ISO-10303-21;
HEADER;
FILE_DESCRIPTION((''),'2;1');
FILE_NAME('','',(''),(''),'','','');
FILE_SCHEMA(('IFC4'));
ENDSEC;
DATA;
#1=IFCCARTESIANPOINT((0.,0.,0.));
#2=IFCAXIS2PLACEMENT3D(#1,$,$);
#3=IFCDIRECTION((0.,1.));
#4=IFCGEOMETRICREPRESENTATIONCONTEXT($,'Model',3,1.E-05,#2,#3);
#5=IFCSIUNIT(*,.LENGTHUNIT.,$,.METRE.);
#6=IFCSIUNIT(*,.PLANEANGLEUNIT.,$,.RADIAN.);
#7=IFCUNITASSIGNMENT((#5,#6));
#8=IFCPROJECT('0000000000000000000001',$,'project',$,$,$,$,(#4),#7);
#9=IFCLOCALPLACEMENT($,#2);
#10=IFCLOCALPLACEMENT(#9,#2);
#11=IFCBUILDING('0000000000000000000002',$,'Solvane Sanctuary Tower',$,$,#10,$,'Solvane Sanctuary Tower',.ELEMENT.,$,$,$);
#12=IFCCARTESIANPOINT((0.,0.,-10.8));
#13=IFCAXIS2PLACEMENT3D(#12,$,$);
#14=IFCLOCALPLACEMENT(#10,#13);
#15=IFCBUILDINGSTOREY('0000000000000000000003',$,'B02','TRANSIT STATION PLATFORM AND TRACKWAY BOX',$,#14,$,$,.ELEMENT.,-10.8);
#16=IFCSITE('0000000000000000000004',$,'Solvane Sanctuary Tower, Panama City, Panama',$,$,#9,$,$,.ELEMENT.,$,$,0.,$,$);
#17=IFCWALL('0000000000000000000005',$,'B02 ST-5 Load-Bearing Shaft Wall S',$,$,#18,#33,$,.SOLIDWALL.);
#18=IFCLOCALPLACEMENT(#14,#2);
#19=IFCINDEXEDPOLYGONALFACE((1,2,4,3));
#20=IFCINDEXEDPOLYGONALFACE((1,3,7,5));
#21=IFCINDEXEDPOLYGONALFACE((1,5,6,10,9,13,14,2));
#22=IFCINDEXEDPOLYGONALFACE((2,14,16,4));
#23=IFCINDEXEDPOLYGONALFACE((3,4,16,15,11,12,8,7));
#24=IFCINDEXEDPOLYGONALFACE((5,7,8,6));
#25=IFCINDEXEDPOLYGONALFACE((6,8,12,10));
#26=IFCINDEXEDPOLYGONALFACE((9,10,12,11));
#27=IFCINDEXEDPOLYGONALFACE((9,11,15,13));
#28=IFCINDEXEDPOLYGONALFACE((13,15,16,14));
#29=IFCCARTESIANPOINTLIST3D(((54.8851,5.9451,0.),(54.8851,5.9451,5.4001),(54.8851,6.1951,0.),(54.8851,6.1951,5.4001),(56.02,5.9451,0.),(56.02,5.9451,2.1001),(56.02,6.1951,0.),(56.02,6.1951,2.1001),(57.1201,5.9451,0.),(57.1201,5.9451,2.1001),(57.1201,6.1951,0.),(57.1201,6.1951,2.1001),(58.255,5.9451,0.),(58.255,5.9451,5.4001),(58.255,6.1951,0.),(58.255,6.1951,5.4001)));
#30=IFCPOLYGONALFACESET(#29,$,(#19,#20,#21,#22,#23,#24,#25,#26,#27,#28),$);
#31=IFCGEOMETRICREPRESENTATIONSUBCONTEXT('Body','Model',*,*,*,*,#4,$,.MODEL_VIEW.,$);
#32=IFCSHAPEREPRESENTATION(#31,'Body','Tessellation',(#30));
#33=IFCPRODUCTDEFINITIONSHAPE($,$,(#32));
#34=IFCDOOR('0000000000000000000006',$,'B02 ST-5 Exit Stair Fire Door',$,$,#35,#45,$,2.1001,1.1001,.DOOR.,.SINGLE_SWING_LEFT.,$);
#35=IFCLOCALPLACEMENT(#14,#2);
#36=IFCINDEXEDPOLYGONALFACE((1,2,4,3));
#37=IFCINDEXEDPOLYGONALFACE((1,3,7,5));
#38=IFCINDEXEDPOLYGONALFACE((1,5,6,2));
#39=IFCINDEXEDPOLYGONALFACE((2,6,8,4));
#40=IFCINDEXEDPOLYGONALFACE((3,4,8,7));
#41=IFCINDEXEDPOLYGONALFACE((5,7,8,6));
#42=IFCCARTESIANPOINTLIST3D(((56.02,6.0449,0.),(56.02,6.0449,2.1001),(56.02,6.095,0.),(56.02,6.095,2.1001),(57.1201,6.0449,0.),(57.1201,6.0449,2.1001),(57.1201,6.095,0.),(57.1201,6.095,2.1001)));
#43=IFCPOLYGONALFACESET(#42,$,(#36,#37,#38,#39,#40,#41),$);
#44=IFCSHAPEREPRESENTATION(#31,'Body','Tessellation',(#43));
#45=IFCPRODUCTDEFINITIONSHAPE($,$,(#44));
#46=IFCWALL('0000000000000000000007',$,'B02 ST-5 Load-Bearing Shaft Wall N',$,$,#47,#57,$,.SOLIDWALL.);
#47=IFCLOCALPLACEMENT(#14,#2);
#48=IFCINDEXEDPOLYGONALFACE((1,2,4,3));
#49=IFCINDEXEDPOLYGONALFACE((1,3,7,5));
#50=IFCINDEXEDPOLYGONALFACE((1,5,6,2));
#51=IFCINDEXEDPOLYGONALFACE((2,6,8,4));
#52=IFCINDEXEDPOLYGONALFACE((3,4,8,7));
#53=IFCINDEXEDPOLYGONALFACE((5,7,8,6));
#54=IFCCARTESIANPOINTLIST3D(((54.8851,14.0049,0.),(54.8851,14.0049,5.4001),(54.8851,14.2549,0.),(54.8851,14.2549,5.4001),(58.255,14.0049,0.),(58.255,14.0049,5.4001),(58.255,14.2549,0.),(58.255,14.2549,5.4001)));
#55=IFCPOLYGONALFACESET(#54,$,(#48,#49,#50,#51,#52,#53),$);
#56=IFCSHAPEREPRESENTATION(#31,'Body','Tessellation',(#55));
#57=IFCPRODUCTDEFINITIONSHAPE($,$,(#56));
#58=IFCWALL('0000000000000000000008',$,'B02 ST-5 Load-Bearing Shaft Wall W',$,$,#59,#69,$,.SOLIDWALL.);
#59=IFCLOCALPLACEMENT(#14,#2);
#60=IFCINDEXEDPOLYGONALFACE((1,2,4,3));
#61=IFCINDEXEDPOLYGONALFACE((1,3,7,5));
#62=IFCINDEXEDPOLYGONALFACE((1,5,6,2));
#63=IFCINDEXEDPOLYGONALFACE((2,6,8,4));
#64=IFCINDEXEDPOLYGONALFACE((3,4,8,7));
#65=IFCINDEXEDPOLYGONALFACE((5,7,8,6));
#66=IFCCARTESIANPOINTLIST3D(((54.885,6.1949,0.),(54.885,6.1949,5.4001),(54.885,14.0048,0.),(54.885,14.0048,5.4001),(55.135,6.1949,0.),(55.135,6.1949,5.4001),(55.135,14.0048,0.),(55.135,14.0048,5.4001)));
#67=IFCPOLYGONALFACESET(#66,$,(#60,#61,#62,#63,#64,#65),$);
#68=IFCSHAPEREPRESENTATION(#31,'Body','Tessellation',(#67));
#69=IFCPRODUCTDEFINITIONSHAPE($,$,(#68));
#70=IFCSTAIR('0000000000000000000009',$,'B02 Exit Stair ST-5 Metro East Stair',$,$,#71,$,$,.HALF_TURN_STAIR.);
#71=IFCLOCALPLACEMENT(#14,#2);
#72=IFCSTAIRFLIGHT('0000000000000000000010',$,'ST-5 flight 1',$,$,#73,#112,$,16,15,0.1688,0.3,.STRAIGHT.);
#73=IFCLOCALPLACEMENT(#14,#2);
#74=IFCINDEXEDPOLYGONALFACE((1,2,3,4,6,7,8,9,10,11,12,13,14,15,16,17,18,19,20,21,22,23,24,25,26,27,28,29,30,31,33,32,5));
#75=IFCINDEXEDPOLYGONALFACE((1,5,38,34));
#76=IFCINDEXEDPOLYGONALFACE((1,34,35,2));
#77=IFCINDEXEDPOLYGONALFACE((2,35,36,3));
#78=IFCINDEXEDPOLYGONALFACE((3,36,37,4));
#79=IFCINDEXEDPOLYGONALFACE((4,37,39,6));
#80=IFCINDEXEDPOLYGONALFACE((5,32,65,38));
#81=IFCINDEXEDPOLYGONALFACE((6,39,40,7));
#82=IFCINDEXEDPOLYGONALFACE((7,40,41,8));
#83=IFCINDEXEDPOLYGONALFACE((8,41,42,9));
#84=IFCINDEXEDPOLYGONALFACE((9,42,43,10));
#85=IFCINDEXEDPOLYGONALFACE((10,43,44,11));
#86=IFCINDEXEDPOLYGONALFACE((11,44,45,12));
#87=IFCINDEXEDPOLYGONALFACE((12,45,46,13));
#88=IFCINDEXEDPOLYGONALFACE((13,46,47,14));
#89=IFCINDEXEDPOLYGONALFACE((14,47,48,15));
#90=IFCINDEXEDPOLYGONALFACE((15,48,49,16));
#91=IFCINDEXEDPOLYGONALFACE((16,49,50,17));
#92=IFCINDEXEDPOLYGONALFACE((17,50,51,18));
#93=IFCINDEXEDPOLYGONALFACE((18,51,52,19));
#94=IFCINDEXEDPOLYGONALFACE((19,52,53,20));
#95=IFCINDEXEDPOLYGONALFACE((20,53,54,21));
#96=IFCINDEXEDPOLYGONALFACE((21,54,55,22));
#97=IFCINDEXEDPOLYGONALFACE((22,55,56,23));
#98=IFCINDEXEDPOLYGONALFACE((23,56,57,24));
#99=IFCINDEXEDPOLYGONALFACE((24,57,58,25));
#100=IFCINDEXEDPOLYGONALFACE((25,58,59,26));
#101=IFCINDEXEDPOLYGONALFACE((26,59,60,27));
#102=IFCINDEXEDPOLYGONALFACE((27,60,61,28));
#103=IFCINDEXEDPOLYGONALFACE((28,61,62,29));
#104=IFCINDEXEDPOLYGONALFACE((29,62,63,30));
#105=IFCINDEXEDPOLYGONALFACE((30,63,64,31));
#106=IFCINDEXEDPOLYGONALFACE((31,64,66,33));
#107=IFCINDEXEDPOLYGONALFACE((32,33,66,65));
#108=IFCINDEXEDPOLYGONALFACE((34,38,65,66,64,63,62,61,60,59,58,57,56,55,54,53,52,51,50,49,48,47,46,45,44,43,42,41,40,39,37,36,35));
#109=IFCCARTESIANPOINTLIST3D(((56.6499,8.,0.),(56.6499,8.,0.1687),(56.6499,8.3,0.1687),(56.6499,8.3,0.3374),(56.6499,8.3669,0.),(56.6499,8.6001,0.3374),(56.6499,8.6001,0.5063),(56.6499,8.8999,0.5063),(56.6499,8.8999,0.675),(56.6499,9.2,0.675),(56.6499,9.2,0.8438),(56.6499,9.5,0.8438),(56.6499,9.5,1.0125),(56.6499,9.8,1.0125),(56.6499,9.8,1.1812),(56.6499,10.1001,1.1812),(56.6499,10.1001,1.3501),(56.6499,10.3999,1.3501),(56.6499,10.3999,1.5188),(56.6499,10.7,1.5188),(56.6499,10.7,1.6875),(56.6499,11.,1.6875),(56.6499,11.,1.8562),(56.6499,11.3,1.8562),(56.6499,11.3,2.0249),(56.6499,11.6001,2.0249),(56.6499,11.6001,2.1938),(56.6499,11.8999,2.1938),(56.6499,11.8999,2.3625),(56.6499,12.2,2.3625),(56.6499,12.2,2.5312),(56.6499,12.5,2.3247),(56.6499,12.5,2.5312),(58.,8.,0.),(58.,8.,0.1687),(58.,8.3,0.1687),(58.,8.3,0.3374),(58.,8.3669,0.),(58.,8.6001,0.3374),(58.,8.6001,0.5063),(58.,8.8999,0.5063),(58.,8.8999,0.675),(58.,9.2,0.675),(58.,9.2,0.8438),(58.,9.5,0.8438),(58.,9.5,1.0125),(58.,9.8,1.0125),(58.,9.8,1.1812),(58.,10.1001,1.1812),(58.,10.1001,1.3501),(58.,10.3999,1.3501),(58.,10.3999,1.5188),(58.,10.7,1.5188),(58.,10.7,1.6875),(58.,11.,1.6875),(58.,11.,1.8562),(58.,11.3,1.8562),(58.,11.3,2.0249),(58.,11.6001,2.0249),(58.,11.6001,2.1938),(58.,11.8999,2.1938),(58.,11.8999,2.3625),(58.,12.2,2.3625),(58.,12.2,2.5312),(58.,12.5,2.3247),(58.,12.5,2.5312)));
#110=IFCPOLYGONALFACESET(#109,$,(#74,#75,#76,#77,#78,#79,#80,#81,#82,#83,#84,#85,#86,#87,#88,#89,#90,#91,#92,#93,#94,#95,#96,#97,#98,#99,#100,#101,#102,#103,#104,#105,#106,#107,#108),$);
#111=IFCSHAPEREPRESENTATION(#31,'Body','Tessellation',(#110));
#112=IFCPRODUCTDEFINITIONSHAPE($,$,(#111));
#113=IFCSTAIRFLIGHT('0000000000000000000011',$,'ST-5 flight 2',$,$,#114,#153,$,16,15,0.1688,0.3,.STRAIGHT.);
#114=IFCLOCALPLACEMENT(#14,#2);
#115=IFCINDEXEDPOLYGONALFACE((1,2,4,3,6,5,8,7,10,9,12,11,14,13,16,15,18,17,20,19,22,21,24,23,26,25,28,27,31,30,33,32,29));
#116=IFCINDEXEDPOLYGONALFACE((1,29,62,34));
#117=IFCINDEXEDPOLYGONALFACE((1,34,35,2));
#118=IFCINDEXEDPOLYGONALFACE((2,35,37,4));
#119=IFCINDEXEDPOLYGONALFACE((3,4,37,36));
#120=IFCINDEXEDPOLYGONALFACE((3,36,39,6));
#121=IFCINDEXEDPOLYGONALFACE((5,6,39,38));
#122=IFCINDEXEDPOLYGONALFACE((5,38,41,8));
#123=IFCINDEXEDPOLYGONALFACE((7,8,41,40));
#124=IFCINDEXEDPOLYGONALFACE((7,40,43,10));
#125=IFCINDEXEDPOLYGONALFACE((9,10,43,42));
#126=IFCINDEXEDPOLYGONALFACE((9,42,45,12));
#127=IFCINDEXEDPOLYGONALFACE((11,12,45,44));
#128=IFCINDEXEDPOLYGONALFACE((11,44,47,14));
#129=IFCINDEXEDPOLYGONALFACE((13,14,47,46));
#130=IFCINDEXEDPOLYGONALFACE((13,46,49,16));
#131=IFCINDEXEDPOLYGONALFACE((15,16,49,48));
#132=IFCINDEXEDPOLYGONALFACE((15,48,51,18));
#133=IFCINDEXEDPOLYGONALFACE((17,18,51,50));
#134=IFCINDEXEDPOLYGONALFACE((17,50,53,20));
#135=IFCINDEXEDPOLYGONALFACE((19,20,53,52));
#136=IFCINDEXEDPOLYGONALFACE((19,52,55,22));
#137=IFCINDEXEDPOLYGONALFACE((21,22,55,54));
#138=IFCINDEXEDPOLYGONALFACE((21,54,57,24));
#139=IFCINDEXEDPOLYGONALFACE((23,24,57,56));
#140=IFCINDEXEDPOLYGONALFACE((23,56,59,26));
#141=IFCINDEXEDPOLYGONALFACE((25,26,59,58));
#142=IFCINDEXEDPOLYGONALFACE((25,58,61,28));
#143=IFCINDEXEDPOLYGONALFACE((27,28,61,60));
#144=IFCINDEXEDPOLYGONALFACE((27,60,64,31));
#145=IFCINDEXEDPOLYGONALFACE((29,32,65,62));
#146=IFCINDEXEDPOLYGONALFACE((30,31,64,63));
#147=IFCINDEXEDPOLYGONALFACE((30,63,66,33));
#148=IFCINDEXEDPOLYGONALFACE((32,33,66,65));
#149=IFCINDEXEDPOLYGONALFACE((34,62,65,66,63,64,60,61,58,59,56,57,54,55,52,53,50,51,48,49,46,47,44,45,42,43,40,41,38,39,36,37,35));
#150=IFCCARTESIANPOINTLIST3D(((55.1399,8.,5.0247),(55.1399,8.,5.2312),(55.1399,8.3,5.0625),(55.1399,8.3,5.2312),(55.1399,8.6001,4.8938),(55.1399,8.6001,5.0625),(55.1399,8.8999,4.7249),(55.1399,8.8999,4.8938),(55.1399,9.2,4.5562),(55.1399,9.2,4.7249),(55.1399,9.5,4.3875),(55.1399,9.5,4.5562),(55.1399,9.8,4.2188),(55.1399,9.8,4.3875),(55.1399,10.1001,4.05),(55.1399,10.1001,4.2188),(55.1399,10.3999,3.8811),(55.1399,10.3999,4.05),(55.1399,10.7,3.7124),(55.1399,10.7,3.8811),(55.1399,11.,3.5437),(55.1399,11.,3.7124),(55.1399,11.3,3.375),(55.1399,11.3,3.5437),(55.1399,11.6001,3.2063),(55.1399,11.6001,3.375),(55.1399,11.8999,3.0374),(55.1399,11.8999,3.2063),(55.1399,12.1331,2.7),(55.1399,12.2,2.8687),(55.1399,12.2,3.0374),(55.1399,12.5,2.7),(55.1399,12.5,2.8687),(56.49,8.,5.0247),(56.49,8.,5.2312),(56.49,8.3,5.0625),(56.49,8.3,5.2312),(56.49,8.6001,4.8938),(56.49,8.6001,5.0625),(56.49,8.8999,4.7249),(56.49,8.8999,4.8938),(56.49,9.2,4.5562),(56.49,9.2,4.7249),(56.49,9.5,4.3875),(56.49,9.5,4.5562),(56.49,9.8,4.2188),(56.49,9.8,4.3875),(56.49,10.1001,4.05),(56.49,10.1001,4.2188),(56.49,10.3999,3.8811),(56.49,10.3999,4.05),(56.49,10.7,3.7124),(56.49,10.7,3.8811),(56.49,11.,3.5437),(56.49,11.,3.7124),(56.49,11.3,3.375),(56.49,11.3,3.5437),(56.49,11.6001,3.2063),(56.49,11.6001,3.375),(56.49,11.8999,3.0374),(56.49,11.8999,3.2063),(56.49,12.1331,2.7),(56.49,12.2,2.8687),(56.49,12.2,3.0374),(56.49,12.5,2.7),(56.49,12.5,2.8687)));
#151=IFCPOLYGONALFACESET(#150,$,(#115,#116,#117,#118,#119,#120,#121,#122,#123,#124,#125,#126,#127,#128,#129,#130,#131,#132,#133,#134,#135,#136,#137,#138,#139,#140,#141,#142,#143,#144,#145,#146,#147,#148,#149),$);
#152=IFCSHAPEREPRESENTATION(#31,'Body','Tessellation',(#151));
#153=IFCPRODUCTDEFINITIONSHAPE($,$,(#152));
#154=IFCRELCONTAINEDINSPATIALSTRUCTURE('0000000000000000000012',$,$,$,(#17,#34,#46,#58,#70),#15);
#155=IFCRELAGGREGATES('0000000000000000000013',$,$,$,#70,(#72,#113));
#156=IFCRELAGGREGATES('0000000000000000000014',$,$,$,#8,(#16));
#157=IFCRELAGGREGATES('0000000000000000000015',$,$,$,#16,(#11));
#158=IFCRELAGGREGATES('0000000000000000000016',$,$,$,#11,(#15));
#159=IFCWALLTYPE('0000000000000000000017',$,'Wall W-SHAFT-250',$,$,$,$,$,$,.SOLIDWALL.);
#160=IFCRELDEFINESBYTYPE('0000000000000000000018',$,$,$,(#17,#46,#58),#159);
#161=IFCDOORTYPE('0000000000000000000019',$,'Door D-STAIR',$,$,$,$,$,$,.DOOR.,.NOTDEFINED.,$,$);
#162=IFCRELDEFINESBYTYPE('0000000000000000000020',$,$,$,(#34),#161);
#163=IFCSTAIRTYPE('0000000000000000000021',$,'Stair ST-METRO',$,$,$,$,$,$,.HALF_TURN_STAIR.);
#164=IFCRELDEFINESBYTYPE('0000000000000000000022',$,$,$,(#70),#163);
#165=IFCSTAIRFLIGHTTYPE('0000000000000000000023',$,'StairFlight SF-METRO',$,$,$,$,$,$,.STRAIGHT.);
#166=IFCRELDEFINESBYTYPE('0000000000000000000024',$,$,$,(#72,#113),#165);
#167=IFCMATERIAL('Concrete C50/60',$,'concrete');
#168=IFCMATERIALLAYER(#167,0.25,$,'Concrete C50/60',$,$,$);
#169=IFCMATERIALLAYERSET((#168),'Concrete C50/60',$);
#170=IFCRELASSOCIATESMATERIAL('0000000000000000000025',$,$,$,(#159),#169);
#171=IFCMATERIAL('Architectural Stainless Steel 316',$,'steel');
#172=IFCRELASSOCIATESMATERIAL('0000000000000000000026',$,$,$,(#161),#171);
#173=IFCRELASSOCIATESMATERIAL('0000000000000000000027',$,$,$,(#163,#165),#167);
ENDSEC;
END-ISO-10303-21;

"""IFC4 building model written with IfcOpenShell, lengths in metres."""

from ifc_helpers import new_model, si_unit, direction, frame, frame_2d, origin, place, context, subcontext, project, spatial, polyline, rectangle, outline, extrude, material, layer, layer_set, type_object, element, fill, aggregate, save


model = new_model("IFC4")

# Units and contexts
model_context = context("Model", 3, precision=1e-05, world=origin(), true_north=direction((0.0, 1.0)))
body_context = subcontext(model_context, "Body", "Model", "MODEL_VIEW")
ifc_project = project(units=[si_unit("LENGTHUNIT", "METRE"), si_unit("PLANEANGLEUNIT", "RADIAN")], contexts=[model_context])

# Site, building, storey
site_placement = place(None, origin())
site = spatial("IfcSite", under=ifc_project, at=site_placement, Name="Solvane Sanctuary Tower, Panama City, Panama", CompositionType="ELEMENT", RefElevation=0.0)
building_placement = place(site_placement, origin())
building = spatial("IfcBuilding", under=site, at=building_placement, Name="Solvane Sanctuary Tower", LongName="Solvane Sanctuary Tower", CompositionType="ELEMENT")
storey_placement = place(building_placement, frame((0.0, 0.0, -10.8)))
storey = spatial("IfcBuildingStorey", under=building, at=storey_placement, Name="B02", Description="TRANSIT STATION PLATFORM AND TRACKWAY BOX", CompositionType="ELEMENT", Elevation=-10.8)

# Shared definitions
ifc_material_1 = material(Name="Concrete C50/60", Category="concrete")

# Shared definitions
ifc_material_2 = material(Name="Architectural Stainless Steel 316", Category="steel")

# Wall, opening, door
ifc_layer_1 = layer(ifc_material_1, 0.25, Name="Concrete C50/60")
ifc_layer_set_1 = layer_set([ifc_layer_1], Name="Concrete C50/60")
wall_type_1 = type_object("IfcWallType", Name="Wall W-SHAFT-250", PredefinedType="SOLIDWALL", material=ifc_layer_set_1)
wall_1_placement = place(storey_placement, frame((54.885, 6.0701, 0.0), z_axis=(0.0, 0.0, 1.0), x_axis=(1.0, 0.0, 0.0)))
wall_1 = element("IfcWall", 1, at=wall_1_placement, inside=storey, type_object=wall_type_1, Name="B02 ST-5 Load-Bearing Shaft Wall S", PredefinedType="SOLIDWALL", context=body_context, shape_type="SweptSolid", body=[
    extrude(rectangle(XDim=3.3699, YDim=0.25, at=frame_2d((1.6851, 0.0))), origin(), (0.0, 0.0, 1.0), 5.4001),
])
opening_1_placement = place(wall_1_placement, frame((1.135, 0.0, 0.0)))
opening_1 = element("IfcOpeningElement", 2, at=opening_1_placement, cuts=wall_1, PredefinedType="OPENING", context=body_context, shape_type="SweptSolid", body=[
    extrude(rectangle(XDim=1.1001, YDim=2.1001, at=frame_2d((0.55, 1.05))), frame((0.0, 0.135, 0.0), z_axis=(0.0, -1.0, 0.0), x_axis=(1.0, 0.0, 0.0)), (0.0, 0.0, 1.0), 0.27),
])
door_type_1 = type_object("IfcDoorType", Name="Door D-STAIR", OperationType="NOTDEFINED", PredefinedType="DOOR", material=ifc_material_2)
door_1_placement = place(opening_1_placement, origin())
door_1 = element("IfcDoor", 3, at=door_1_placement, inside=storey, type_object=door_type_1, Name="B02 ST-5 Exit Stair Fire Door", OperationType="SINGLE_SWING_LEFT", OverallHeight=2.1001, OverallWidth=1.1001, PredefinedType="DOOR", context=body_context, shape_type="SweptSolid", body=[
    extrude(rectangle(XDim=1.1001, YDim=2.1001, at=frame_2d((0.55, 1.05))), frame((0.0, 0.0249, 0.0), z_axis=(0.0, -1.0, 0.0), x_axis=(1.0, 0.0, 0.0)), (0.0, 0.0, 1.0), 0.05),
])
fill(opening_1, door_1)

# Walls
wall_2_placement = place(storey_placement, frame((54.885, 14.1299, 0.0), z_axis=(0.0, 0.0, 1.0), x_axis=(1.0, 0.0, 0.0)))
element("IfcWall", 4, at=wall_2_placement, inside=storey, type_object=wall_type_1, Name="B02 ST-5 Load-Bearing Shaft Wall N", PredefinedType="SOLIDWALL", context=body_context, shape_type="SweptSolid", body=[
    extrude(rectangle(XDim=3.3699, YDim=0.25, at=frame_2d((1.6851, 0.0))), origin(), (0.0, 0.0, 1.0), 5.4001),
])
wall_3_placement = place(storey_placement, frame((55.01, 6.1951, 0.0), z_axis=(0.0, 0.0, 1.0), x_axis=(0.0, 1.0, 0.0)))
element("IfcWall", 5, at=wall_3_placement, inside=storey, type_object=wall_type_1, Name="B02 ST-5 Load-Bearing Shaft Wall W", PredefinedType="SOLIDWALL", context=body_context, shape_type="SweptSolid", body=[
    extrude(rectangle(XDim=7.8098, YDim=0.25, at=frame_2d((3.9048, 0.0))), origin(), (0.0, 0.0, 1.0), 5.4001),
])

# Stair, stair flights
stair_type = type_object("IfcStairType", Name="Stair ST-METRO", PredefinedType="HALF_TURN_STAIR", material=ifc_material_1)
stair_placement = place(storey_placement, origin())
stair = element("IfcStair", 6, at=stair_placement, inside=storey, type_object=stair_type, Name="B02 Exit Stair ST-5 Metro East Stair", PredefinedType="HALF_TURN_STAIR")
stair_flight_type = type_object("IfcStairFlightType", Name="StairFlight SF-METRO", PredefinedType="STRAIGHT", material=ifc_material_1)
stair_flight_1_placement = place(storey_placement, frame((57.325, 8.0, 0.0), z_axis=(0.0, 0.0, 1.0), x_axis=(0.0, 1.0, 0.0)))
stair_flight_1 = element("IfcStairFlight", 7, at=stair_flight_1_placement, type_object=stair_flight_type, Name="ST-5 flight 1", NumberOfRisers=16, NumberOfTreads=15, PredefinedType="STRAIGHT", RiserHeight=0.1688, TreadLength=0.3, context=body_context, shape_type="SweptSolid", body=[
    extrude(outline(polyline([(0.0, 0.0), (0.0, 0.1687), (0.3, 0.1687), (0.3, 0.3374), (0.6001, 0.3374), (0.6001, 0.5063), (0.8999, 0.5063), (0.8999, 0.675), (1.2, 0.675), (1.2, 0.8438), (1.5, 0.8438), (1.5, 1.0125), (1.8, 1.0125), (1.8, 1.1812), (2.1001, 1.1812), (2.1001, 1.3501), (2.3999, 1.3501), (2.3999, 1.5188), (2.7, 1.5188), (2.7, 1.6875), (3.0, 1.6875), (3.0, 1.8562), (3.3, 1.8562), (3.3, 2.0249), (3.6001, 2.0249), (3.6001, 2.1938), (3.8999, 2.1938), (3.8999, 2.3625), (4.2, 2.3625), (4.2, 2.5312), (4.5, 2.5312), (4.5, 2.7), (4.5, 2.3247), (0.3669, 0.0), (0.0, 0.0)])), frame((0.0, 0.675, 0.0), z_axis=(0.0, -1.0, 0.0), x_axis=(1.0, 0.0, 0.0)), (0.0, 0.0, 1.0), 1.3501),
])
stair_flight_2_placement = place(storey_placement, frame((55.8149, 12.5, 2.7), z_axis=(0.0, 0.0, 1.0), x_axis=(0.0, -1.0, 0.0)))
stair_flight_2 = element("IfcStairFlight", 8, at=stair_flight_2_placement, type_object=stair_flight_type, Name="ST-5 flight 2", NumberOfRisers=16, NumberOfTreads=15, PredefinedType="STRAIGHT", RiserHeight=0.1688, TreadLength=0.3, context=body_context, shape_type="SweptSolid", body=[
    extrude(outline(polyline([(0.0, 0.0), (0.0, 0.1687), (0.3, 0.1687), (0.3, 0.3374), (0.6001, 0.3374), (0.6001, 0.5063), (0.8999, 0.5063), (0.8999, 0.675), (1.2, 0.675), (1.2, 0.8438), (1.5, 0.8438), (1.5, 1.0125), (1.8, 1.0125), (1.8, 1.1812), (2.1001, 1.1812), (2.1001, 1.3501), (2.3999, 1.3501), (2.3999, 1.5188), (2.7, 1.5188), (2.7, 1.6875), (3.0, 1.6875), (3.0, 1.8562), (3.3, 1.8562), (3.3, 2.0249), (3.6001, 2.0249), (3.6001, 2.1938), (3.8999, 2.1938), (3.8999, 2.3625), (4.2, 2.3625), (4.2, 2.5312), (4.5, 2.5312), (4.5, 2.7), (4.5, 2.3247), (0.3669, 0.0), (0.0, 0.0)])), frame((0.0, 0.675, 0.0), z_axis=(0.0, -1.0, 0.0), x_axis=(1.0, 0.0, 0.0)), (0.0, 0.0, 1.0), 1.3501),
])
aggregate(stair, [stair_flight_1, stair_flight_2])

save(model, "model.ifc")
